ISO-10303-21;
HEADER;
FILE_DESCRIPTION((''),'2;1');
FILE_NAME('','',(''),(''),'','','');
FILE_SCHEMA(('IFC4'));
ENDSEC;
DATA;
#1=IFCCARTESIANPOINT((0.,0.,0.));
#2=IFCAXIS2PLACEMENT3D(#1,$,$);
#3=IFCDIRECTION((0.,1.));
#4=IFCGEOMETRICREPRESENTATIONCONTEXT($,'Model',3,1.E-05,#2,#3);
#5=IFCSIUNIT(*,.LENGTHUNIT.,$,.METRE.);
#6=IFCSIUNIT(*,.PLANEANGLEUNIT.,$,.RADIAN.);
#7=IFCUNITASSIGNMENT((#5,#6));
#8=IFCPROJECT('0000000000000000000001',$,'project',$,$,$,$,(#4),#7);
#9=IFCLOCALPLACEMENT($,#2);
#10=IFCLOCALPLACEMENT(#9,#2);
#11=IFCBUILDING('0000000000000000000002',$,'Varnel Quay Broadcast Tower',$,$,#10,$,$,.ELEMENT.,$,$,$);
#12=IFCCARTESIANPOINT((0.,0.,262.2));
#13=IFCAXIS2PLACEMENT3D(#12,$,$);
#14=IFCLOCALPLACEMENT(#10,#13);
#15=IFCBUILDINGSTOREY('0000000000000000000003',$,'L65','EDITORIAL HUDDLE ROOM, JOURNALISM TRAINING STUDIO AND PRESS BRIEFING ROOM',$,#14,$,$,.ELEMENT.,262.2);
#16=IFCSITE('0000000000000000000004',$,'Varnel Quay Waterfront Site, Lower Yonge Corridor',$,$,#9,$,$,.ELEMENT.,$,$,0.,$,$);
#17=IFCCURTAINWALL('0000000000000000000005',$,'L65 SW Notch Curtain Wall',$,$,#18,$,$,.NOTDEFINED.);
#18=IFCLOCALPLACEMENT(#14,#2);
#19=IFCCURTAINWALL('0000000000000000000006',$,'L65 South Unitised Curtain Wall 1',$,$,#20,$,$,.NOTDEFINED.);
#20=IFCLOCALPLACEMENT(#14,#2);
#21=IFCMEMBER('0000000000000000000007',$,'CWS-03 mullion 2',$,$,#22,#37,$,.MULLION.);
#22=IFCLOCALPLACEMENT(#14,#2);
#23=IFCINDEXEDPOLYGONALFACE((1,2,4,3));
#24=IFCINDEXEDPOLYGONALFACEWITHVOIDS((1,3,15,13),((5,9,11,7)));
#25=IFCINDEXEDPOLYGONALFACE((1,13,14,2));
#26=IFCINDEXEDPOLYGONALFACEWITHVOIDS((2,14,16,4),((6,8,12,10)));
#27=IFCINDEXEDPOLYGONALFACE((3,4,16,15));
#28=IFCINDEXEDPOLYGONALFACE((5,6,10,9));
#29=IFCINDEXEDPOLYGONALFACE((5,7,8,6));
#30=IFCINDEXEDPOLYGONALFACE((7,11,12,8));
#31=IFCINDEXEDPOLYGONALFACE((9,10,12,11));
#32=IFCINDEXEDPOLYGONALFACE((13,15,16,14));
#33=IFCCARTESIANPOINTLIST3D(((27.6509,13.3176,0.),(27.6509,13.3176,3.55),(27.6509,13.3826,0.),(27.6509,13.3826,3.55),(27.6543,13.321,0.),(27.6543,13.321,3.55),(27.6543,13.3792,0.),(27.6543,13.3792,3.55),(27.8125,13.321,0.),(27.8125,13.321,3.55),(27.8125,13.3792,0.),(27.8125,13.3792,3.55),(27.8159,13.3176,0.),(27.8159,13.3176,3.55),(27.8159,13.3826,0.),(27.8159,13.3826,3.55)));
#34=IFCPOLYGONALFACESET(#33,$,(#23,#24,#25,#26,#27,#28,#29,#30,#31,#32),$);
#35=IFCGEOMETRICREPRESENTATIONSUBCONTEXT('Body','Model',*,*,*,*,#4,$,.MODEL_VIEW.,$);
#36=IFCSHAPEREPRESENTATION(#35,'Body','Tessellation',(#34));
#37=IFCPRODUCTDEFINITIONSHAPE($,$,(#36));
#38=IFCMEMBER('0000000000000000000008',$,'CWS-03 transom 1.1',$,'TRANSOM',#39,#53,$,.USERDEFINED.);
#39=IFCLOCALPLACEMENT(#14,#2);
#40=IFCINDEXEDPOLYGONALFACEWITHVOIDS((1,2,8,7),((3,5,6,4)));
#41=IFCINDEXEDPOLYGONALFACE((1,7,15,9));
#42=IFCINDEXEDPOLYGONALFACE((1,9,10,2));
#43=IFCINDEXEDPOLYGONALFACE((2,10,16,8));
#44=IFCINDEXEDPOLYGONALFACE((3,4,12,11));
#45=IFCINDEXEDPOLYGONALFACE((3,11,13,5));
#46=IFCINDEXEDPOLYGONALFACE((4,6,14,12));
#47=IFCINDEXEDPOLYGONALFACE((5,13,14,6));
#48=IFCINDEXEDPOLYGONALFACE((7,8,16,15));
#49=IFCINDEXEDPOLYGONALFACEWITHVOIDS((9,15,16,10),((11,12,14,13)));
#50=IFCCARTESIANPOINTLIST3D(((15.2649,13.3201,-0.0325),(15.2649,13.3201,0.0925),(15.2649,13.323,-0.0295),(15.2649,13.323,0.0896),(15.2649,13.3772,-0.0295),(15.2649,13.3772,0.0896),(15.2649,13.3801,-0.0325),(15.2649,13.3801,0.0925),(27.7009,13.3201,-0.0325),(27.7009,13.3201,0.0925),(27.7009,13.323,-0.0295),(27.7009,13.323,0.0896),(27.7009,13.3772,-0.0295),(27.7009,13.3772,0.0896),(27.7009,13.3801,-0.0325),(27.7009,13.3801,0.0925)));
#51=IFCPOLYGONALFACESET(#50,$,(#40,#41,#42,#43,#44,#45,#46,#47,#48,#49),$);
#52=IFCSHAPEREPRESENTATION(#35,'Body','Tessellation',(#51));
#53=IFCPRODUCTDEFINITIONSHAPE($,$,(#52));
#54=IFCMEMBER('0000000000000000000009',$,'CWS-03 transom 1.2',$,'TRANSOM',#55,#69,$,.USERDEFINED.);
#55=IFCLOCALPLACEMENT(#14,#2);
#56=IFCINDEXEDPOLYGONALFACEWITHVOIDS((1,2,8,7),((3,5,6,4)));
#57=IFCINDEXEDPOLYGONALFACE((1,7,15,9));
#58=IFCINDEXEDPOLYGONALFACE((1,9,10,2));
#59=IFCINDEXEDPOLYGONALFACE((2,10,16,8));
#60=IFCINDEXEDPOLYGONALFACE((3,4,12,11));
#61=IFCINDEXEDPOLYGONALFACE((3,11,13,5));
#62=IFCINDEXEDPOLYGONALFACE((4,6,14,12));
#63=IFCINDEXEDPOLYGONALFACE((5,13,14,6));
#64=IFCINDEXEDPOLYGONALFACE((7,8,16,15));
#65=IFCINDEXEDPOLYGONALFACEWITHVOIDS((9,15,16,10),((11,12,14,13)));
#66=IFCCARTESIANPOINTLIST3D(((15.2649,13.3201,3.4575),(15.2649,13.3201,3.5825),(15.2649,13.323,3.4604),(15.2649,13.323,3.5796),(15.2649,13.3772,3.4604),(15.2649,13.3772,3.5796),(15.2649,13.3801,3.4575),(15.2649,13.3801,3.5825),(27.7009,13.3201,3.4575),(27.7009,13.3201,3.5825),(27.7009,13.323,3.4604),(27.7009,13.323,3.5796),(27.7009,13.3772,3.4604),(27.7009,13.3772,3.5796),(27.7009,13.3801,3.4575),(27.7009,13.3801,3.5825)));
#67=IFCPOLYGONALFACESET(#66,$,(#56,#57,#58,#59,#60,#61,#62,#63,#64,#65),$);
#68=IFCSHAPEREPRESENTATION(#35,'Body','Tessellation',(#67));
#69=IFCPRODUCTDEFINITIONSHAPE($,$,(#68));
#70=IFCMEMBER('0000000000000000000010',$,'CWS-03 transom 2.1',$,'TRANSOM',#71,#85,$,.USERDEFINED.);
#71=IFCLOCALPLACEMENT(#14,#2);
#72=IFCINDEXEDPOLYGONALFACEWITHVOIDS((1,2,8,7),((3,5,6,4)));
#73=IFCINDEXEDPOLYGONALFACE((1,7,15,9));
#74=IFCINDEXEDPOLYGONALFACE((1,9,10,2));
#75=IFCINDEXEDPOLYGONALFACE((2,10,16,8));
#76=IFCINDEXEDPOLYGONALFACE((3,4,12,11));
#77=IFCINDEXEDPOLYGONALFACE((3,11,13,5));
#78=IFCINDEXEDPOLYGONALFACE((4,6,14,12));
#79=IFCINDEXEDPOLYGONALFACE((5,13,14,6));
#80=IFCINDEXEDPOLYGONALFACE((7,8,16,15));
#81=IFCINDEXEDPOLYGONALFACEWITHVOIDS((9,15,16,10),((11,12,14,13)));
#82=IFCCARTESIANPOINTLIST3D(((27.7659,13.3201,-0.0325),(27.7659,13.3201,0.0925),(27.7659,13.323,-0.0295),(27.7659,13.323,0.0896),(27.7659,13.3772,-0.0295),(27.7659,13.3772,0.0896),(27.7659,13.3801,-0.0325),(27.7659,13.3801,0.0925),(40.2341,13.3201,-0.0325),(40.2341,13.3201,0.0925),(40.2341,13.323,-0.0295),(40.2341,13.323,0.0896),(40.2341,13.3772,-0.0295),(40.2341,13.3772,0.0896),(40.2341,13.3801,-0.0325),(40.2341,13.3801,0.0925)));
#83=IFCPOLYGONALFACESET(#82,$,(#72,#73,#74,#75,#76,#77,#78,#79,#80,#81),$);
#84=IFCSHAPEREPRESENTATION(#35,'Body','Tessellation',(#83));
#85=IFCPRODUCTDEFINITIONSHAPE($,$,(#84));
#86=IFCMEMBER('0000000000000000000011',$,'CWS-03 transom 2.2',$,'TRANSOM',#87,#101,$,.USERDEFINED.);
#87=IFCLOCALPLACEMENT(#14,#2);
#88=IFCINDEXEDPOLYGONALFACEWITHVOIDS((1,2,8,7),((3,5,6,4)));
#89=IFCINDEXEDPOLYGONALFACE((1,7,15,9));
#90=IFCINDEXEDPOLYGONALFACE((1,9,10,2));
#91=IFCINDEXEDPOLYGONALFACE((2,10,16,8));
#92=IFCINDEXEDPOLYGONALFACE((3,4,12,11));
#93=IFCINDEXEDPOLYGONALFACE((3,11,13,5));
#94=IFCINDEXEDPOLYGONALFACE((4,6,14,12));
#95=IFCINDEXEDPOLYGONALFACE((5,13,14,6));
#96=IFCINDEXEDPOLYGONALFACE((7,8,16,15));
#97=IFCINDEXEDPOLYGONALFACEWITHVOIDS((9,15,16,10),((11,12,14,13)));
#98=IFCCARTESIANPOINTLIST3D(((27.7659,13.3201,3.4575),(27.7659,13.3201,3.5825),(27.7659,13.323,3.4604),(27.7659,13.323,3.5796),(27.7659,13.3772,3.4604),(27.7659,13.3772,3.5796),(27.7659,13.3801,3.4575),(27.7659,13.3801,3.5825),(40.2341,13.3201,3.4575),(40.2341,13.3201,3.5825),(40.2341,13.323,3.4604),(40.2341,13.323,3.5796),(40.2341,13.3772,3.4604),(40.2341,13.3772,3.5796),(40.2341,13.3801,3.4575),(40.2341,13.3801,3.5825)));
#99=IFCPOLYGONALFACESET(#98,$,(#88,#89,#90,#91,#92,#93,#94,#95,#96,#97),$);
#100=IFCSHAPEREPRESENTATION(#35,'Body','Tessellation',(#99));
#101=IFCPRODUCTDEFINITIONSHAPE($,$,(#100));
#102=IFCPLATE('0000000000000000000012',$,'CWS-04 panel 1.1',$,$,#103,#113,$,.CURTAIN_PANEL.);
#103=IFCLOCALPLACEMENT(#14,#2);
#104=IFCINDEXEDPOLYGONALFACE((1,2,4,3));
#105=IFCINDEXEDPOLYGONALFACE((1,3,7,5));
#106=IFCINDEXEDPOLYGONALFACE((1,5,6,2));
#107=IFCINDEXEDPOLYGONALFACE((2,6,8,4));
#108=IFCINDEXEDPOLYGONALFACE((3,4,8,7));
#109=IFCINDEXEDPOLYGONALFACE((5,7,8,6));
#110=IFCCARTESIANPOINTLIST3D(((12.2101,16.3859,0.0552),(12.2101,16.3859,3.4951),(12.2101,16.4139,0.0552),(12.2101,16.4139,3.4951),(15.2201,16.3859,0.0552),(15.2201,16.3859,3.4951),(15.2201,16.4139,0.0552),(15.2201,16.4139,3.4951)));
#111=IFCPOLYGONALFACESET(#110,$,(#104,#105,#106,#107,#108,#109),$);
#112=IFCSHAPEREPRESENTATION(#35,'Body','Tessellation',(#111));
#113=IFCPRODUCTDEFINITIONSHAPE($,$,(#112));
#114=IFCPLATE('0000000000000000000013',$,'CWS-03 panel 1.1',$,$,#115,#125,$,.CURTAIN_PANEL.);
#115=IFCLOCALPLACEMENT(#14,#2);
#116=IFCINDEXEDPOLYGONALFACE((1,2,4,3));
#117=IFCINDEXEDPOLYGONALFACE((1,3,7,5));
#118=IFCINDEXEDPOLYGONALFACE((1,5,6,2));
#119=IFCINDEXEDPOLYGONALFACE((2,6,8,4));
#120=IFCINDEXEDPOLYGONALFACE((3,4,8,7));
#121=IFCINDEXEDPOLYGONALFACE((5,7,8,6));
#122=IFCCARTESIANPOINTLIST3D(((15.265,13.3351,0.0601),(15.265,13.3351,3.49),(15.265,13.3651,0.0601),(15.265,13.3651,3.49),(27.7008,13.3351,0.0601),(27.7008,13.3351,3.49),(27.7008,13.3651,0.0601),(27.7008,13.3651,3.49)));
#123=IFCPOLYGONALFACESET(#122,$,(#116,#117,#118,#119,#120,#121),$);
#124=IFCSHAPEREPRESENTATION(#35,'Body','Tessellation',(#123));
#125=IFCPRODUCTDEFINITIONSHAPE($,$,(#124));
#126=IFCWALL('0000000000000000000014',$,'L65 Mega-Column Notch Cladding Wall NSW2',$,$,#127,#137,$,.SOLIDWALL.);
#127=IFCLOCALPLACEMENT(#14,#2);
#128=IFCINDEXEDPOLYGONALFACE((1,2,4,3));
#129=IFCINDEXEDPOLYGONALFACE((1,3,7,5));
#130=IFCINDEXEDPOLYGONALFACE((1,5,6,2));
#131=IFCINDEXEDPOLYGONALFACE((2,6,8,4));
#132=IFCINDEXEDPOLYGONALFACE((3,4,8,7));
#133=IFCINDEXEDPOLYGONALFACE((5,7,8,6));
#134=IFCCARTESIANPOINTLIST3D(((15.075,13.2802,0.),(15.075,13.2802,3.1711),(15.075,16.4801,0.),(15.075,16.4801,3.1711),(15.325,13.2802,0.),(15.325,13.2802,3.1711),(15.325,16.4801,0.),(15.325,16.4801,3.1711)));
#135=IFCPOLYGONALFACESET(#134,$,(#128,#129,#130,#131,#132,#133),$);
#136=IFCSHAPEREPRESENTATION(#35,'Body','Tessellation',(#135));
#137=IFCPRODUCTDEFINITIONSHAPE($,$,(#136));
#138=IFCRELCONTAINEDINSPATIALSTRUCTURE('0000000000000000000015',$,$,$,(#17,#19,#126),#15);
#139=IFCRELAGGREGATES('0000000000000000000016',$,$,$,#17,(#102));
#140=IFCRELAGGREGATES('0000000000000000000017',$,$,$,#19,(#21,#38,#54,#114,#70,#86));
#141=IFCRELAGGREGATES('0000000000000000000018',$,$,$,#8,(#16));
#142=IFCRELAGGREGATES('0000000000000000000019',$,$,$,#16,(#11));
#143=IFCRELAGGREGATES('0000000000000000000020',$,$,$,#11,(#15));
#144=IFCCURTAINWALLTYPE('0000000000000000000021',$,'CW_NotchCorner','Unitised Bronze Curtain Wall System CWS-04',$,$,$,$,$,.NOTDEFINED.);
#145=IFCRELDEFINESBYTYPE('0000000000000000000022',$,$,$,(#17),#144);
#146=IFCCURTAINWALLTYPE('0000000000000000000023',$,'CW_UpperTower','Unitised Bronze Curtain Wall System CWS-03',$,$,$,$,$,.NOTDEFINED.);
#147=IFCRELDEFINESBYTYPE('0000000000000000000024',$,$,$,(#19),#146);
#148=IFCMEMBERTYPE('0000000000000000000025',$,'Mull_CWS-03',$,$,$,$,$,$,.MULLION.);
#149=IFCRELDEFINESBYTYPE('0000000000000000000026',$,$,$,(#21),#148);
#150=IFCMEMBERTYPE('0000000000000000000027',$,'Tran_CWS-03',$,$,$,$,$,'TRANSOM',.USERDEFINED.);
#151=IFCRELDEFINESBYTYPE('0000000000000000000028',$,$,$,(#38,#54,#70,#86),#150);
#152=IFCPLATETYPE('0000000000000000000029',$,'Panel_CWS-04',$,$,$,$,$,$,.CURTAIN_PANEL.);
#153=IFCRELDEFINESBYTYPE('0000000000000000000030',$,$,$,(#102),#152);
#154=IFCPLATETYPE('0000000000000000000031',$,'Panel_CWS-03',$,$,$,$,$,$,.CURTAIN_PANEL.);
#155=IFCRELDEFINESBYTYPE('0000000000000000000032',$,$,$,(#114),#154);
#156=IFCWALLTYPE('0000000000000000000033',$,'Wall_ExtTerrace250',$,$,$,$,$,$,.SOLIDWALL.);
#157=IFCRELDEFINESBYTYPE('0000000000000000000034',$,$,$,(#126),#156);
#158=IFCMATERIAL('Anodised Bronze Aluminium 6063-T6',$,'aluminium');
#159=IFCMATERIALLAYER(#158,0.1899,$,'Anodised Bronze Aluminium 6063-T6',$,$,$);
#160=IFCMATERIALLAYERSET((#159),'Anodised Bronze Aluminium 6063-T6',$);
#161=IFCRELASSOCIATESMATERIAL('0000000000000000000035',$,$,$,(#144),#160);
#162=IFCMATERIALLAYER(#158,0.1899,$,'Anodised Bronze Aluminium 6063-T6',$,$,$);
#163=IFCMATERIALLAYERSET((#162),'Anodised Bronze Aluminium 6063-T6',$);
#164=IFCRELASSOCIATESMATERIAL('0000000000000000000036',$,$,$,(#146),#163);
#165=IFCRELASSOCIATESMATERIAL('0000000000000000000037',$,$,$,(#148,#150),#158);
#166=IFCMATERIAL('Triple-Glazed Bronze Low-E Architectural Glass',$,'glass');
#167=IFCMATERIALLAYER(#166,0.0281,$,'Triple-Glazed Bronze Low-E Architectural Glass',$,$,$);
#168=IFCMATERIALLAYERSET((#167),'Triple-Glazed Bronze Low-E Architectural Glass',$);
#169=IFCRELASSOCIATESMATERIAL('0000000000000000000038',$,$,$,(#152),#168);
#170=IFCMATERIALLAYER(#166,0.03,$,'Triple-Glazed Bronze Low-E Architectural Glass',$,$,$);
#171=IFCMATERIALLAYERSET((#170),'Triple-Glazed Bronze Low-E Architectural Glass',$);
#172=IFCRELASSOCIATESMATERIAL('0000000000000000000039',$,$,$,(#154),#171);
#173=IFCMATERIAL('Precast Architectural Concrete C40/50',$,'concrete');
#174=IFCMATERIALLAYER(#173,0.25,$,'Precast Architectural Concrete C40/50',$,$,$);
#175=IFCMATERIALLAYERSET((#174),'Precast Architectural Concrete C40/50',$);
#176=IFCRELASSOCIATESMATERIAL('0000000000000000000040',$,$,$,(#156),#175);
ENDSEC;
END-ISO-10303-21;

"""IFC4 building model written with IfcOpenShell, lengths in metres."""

from ifc_helpers import new_model, si_unit, direction, frame, frame_2d, origin, origin_2d, place, context, subcontext, project, spatial, rectangle, hollow_rectangle, extrude, source, transform, mapped, material, layer, layer_set, material_profile, profile_set, type_object, type_shapes, element, aggregate, save


model = new_model("IFC4")

# Units and contexts
model_context = context("Model", 3, precision=1e-05, world=origin(), true_north=direction((0.0, 1.0)))
body_context = subcontext(model_context, "Body", "Model", "MODEL_VIEW")
ifc_project = project(units=[si_unit("LENGTHUNIT", "METRE"), si_unit("PLANEANGLEUNIT", "RADIAN")], contexts=[model_context])

# Site, building, storey
site_placement = place(None, origin())
site = spatial("IfcSite", under=ifc_project, at=site_placement, Name="Varnel Quay Waterfront Site, Lower Yonge Corridor", CompositionType="ELEMENT", RefElevation=0.0)
building_placement = place(site_placement, origin())
building = spatial("IfcBuilding", under=site, at=building_placement, Name="Varnel Quay Broadcast Tower", CompositionType="ELEMENT")
storey_placement = place(building_placement, frame((0.0, 0.0, 262.2)))
storey = spatial("IfcBuildingStorey", under=building, at=storey_placement, Name="L65", Description="EDITORIAL HUDDLE ROOM, JOURNALISM TRAINING STUDIO AND PRESS BRIEFING ROOM", CompositionType="ELEMENT", Elevation=262.2)

# Curtain wall
ifc_material_1 = material(Name="Anodised Bronze Aluminium 6063-T6", Category="aluminium")
ifc_layer_1 = layer(ifc_material_1, 0.1899, Name="Anodised Bronze Aluminium 6063-T6")
ifc_layer_set_1 = layer_set([ifc_layer_1], Name="Anodised Bronze Aluminium 6063-T6")
curtain_wall_type_1 = type_object("IfcCurtainWallType", Name="CW_NotchCorner", Description="Unitised Bronze Curtain Wall System CWS-04", PredefinedType="NOTDEFINED", material=ifc_layer_set_1)
curtain_wall_1_placement = place(storey_placement, origin())
curtain_wall_1 = element("IfcCurtainWall", 1, at=curtain_wall_1_placement, inside=storey, type_object=curtain_wall_type_1, Name="L65 SW Notch Curtain Wall", PredefinedType="NOTDEFINED")

# Curtain wall, members
ifc_layer_2 = layer(ifc_material_1, 0.1899, Name="Anodised Bronze Aluminium 6063-T6")
ifc_layer_set_2 = layer_set([ifc_layer_2], Name="Anodised Bronze Aluminium 6063-T6")
curtain_wall_type_2 = type_object("IfcCurtainWallType", Name="CW_UpperTower", Description="Unitised Bronze Curtain Wall System CWS-03", PredefinedType="NOTDEFINED", material=ifc_layer_set_2)
curtain_wall_2_placement = place(storey_placement, origin())
curtain_wall_2 = element("IfcCurtainWall", 2, at=curtain_wall_2_placement, inside=storey, type_object=curtain_wall_type_2, Name="L65 South Unitised Curtain Wall 1", PredefinedType="NOTDEFINED")
ifc_material_profile_1 = material_profile(ifc_material_1, hollow_rectangle(XDim=0.0649, YDim=0.165, WallThickness=0.0034, at=origin_2d()), Name="ALU65X165X3.5")
ifc_profile_set_1 = profile_set([ifc_material_profile_1], Name="Anodised Bronze Aluminium 6063-T6")
member_type_1 = type_object("IfcMemberType", Name="Mull_CWS-03", PredefinedType="MULLION", material=ifc_profile_set_1)
shared_shape_1 = source(origin(), body_context, "Body", "SweptSolid", [
    extrude(hollow_rectangle(XDim=0.0649, YDim=0.165, WallThickness=0.0034, at=origin_2d()), origin(), (0.0, 0.0, 1.0), 3.55),
])
type_shapes(member_type_1, [shared_shape_1])
member_1_placement = place(storey_placement, frame((27.7334, 13.3501, 0.0), z_axis=(0.0, 0.0, 1.0), x_axis=(0.0, 1.0, 0.0)))
member_1 = element("IfcMember", 3, at=member_1_placement, type_object=member_type_1, Name="CWS-03 mullion 2", PredefinedType="MULLION", context=body_context, shape_type="MappedRepresentation", body=[
    mapped(shared_shape_1, transform((0.0, 0.0, 0.0), x_axis=(1.0, 0.0, 0.0), y_axis=(0.0, 1.0, 0.0), z_axis=(0.0, 0.0, 1.0), scale=1.0)),
])
ifc_material_profile_2 = material_profile(ifc_material_1, hollow_rectangle(XDim=0.0601, YDim=0.125, WallThickness=0.0029, at=origin_2d()), Name="ALU60X125X3")
ifc_profile_set_2 = profile_set([ifc_material_profile_2], Name="Anodised Bronze Aluminium 6063-T6")
member_type_2 = type_object("IfcMemberType", Name="Tran_CWS-03", ElementType="TRANSOM", PredefinedType="USERDEFINED", material=ifc_profile_set_2)
shared_shape_2 = source(origin(), body_context, "Body", "SweptSolid", [
    extrude(hollow_rectangle(XDim=0.0601, YDim=0.125, WallThickness=0.0029, at=origin_2d()), origin(), (0.0, 0.0, 1.0), 12.436),
])
member_2_placement = place(storey_placement, frame((15.2649, 13.3501, 0.03), z_axis=(1.0, 0.0, 0.0), x_axis=(0.0, 1.0, 0.0)))
member_2 = element("IfcMember", 4, at=member_2_placement, type_object=member_type_2, Name="CWS-03 transom 1.1", ObjectType="TRANSOM", PredefinedType="USERDEFINED", context=body_context, shape_type="MappedRepresentation", body=[
    mapped(shared_shape_2, transform((0.0, 0.0, 0.0), x_axis=(1.0, 0.0, 0.0), y_axis=(0.0, 1.0, 0.0), z_axis=(0.0, 0.0, 1.0), scale=1.0)),
])
member_3_placement = place(storey_placement, frame((15.2649, 13.3501, 3.52), z_axis=(1.0, 0.0, 0.0), x_axis=(0.0, 1.0, 0.0)))
member_3 = element("IfcMember", 5, at=member_3_placement, type_object=member_type_2, Name="CWS-03 transom 1.2", ObjectType="TRANSOM", PredefinedType="USERDEFINED", context=body_context, shape_type="MappedRepresentation", body=[
    mapped(shared_shape_2, transform((0.0, 0.0, 0.0), x_axis=(1.0, 0.0, 0.0), y_axis=(0.0, 1.0, 0.0), z_axis=(0.0, 0.0, 1.0), scale=1.0)),
])
shared_shape_3 = source(origin(), body_context, "Body", "SweptSolid", [
    extrude(hollow_rectangle(XDim=0.0601, YDim=0.125, WallThickness=0.0029, at=origin_2d()), origin(), (0.0, 0.0, 1.0), 12.4683),
])
type_shapes(member_type_2, [shared_shape_2, shared_shape_3])
member_4_placement = place(storey_placement, frame((27.7659, 13.3501, 0.03), z_axis=(1.0, 0.0, 0.0), x_axis=(0.0, 1.0, 0.0)))
member_4 = element("IfcMember", 6, at=member_4_placement, type_object=member_type_2, Name="CWS-03 transom 2.1", ObjectType="TRANSOM", PredefinedType="USERDEFINED", context=body_context, shape_type="MappedRepresentation", body=[
    mapped(shared_shape_3, transform((0.0, 0.0, 0.0), x_axis=(1.0, 0.0, 0.0), y_axis=(0.0, 1.0, 0.0), z_axis=(0.0, 0.0, 1.0), scale=1.0)),
])
member_5_placement = place(storey_placement, frame((27.7659, 13.3501, 3.52), z_axis=(1.0, 0.0, 0.0), x_axis=(0.0, 1.0, 0.0)))
member_5 = element("IfcMember", 7, at=member_5_placement, type_object=member_type_2, Name="CWS-03 transom 2.2", ObjectType="TRANSOM", PredefinedType="USERDEFINED", context=body_context, shape_type="MappedRepresentation", body=[
    mapped(shared_shape_3, transform((0.0, 0.0, 0.0), x_axis=(1.0, 0.0, 0.0), y_axis=(0.0, 1.0, 0.0), z_axis=(0.0, 0.0, 1.0), scale=1.0)),
])

# Plates
ifc_material_2 = material(Name="Triple-Glazed Bronze Low-E Architectural Glass", Category="glass")
ifc_layer_3 = layer(ifc_material_2, 0.0281, Name="Triple-Glazed Bronze Low-E Architectural Glass")
ifc_layer_set_3 = layer_set([ifc_layer_3], Name="Triple-Glazed Bronze Low-E Architectural Glass")
plate_type_1 = type_object("IfcPlateType", Name="Panel_CWS-04", PredefinedType="CURTAIN_PANEL", material=ifc_layer_set_3)
shared_shape_4 = source(origin(), body_context, "Body", "SweptSolid", [
    extrude(rectangle(XDim=3.01, YDim=0.0281, at=origin_2d()), origin(), (0.0, 0.0, 1.0), 3.4399),
])
type_shapes(plate_type_1, [shared_shape_4])
plate_1_placement = place(storey_placement, frame((13.7151, 16.3999, 0.0552), z_axis=(0.0, 0.0, 1.0), x_axis=(1.0, 0.0, 0.0)))
plate_1 = element("IfcPlate", 8, at=plate_1_placement, type_object=plate_type_1, Name="CWS-04 panel 1.1", PredefinedType="CURTAIN_PANEL", context=body_context, shape_type="MappedRepresentation", body=[
    mapped(shared_shape_4, transform((0.0, 0.0, 0.0), x_axis=(1.0, 0.0, 0.0), y_axis=(0.0, 1.0, 0.0), z_axis=(0.0, 0.0, 1.0), scale=1.0)),
])
aggregate(curtain_wall_1, [plate_1])
ifc_layer_4 = layer(ifc_material_2, 0.03, Name="Triple-Glazed Bronze Low-E Architectural Glass")
ifc_layer_set_4 = layer_set([ifc_layer_4], Name="Triple-Glazed Bronze Low-E Architectural Glass")
plate_type_2 = type_object("IfcPlateType", Name="Panel_CWS-03", PredefinedType="CURTAIN_PANEL", material=ifc_layer_set_4)
shared_shape_5 = source(origin(), body_context, "Body", "SweptSolid", [
    extrude(rectangle(XDim=12.4358, YDim=0.03, at=origin_2d()), origin(), (0.0, 0.0, 1.0), 3.4299),
])
type_shapes(plate_type_2, [shared_shape_5])
plate_2_placement = place(storey_placement, frame((21.4829, 13.3501, 0.0601), z_axis=(0.0, 0.0, 1.0), x_axis=(1.0, 0.0, 0.0)))
plate_2 = element("IfcPlate", 9, at=plate_2_placement, type_object=plate_type_2, Name="CWS-03 panel 1.1", PredefinedType="CURTAIN_PANEL", context=body_context, shape_type="MappedRepresentation", body=[
    mapped(shared_shape_5, transform((0.0, 0.0, 0.0), x_axis=(1.0, 0.0, 0.0), y_axis=(0.0, 1.0, 0.0), z_axis=(0.0, 0.0, 1.0), scale=1.0)),
])
aggregate(curtain_wall_2, [member_1, member_2, member_3, plate_2, member_4, member_5])

# Wall
ifc_material_3 = material(Name="Precast Architectural Concrete C40/50", Category="concrete")
ifc_layer_5 = layer(ifc_material_3, 0.25, Name="Precast Architectural Concrete C40/50")
ifc_layer_set_5 = layer_set([ifc_layer_5], Name="Precast Architectural Concrete C40/50")
wall_type_1 = type_object("IfcWallType", Name="Wall_ExtTerrace250", PredefinedType="SOLIDWALL", material=ifc_layer_set_5)
wall_1_placement = place(storey_placement, frame((15.2, 13.28, 0.0), z_axis=(0.0, 0.0, 1.0), x_axis=(0.0, 1.0, 0.0)))
element("IfcWall", 10, at=wall_1_placement, inside=storey, type_object=wall_type_1, Name="L65 Mega-Column Notch Cladding Wall NSW2", PredefinedType="SOLIDWALL", context=body_context, shape_type="SweptSolid", body=[
    extrude(rectangle(XDim=3.2, YDim=0.25, at=frame_2d((1.6001, 0.0))), origin(), (0.0, 0.0, 1.0), 3.1711),
])

save(model, "model.ifc")
